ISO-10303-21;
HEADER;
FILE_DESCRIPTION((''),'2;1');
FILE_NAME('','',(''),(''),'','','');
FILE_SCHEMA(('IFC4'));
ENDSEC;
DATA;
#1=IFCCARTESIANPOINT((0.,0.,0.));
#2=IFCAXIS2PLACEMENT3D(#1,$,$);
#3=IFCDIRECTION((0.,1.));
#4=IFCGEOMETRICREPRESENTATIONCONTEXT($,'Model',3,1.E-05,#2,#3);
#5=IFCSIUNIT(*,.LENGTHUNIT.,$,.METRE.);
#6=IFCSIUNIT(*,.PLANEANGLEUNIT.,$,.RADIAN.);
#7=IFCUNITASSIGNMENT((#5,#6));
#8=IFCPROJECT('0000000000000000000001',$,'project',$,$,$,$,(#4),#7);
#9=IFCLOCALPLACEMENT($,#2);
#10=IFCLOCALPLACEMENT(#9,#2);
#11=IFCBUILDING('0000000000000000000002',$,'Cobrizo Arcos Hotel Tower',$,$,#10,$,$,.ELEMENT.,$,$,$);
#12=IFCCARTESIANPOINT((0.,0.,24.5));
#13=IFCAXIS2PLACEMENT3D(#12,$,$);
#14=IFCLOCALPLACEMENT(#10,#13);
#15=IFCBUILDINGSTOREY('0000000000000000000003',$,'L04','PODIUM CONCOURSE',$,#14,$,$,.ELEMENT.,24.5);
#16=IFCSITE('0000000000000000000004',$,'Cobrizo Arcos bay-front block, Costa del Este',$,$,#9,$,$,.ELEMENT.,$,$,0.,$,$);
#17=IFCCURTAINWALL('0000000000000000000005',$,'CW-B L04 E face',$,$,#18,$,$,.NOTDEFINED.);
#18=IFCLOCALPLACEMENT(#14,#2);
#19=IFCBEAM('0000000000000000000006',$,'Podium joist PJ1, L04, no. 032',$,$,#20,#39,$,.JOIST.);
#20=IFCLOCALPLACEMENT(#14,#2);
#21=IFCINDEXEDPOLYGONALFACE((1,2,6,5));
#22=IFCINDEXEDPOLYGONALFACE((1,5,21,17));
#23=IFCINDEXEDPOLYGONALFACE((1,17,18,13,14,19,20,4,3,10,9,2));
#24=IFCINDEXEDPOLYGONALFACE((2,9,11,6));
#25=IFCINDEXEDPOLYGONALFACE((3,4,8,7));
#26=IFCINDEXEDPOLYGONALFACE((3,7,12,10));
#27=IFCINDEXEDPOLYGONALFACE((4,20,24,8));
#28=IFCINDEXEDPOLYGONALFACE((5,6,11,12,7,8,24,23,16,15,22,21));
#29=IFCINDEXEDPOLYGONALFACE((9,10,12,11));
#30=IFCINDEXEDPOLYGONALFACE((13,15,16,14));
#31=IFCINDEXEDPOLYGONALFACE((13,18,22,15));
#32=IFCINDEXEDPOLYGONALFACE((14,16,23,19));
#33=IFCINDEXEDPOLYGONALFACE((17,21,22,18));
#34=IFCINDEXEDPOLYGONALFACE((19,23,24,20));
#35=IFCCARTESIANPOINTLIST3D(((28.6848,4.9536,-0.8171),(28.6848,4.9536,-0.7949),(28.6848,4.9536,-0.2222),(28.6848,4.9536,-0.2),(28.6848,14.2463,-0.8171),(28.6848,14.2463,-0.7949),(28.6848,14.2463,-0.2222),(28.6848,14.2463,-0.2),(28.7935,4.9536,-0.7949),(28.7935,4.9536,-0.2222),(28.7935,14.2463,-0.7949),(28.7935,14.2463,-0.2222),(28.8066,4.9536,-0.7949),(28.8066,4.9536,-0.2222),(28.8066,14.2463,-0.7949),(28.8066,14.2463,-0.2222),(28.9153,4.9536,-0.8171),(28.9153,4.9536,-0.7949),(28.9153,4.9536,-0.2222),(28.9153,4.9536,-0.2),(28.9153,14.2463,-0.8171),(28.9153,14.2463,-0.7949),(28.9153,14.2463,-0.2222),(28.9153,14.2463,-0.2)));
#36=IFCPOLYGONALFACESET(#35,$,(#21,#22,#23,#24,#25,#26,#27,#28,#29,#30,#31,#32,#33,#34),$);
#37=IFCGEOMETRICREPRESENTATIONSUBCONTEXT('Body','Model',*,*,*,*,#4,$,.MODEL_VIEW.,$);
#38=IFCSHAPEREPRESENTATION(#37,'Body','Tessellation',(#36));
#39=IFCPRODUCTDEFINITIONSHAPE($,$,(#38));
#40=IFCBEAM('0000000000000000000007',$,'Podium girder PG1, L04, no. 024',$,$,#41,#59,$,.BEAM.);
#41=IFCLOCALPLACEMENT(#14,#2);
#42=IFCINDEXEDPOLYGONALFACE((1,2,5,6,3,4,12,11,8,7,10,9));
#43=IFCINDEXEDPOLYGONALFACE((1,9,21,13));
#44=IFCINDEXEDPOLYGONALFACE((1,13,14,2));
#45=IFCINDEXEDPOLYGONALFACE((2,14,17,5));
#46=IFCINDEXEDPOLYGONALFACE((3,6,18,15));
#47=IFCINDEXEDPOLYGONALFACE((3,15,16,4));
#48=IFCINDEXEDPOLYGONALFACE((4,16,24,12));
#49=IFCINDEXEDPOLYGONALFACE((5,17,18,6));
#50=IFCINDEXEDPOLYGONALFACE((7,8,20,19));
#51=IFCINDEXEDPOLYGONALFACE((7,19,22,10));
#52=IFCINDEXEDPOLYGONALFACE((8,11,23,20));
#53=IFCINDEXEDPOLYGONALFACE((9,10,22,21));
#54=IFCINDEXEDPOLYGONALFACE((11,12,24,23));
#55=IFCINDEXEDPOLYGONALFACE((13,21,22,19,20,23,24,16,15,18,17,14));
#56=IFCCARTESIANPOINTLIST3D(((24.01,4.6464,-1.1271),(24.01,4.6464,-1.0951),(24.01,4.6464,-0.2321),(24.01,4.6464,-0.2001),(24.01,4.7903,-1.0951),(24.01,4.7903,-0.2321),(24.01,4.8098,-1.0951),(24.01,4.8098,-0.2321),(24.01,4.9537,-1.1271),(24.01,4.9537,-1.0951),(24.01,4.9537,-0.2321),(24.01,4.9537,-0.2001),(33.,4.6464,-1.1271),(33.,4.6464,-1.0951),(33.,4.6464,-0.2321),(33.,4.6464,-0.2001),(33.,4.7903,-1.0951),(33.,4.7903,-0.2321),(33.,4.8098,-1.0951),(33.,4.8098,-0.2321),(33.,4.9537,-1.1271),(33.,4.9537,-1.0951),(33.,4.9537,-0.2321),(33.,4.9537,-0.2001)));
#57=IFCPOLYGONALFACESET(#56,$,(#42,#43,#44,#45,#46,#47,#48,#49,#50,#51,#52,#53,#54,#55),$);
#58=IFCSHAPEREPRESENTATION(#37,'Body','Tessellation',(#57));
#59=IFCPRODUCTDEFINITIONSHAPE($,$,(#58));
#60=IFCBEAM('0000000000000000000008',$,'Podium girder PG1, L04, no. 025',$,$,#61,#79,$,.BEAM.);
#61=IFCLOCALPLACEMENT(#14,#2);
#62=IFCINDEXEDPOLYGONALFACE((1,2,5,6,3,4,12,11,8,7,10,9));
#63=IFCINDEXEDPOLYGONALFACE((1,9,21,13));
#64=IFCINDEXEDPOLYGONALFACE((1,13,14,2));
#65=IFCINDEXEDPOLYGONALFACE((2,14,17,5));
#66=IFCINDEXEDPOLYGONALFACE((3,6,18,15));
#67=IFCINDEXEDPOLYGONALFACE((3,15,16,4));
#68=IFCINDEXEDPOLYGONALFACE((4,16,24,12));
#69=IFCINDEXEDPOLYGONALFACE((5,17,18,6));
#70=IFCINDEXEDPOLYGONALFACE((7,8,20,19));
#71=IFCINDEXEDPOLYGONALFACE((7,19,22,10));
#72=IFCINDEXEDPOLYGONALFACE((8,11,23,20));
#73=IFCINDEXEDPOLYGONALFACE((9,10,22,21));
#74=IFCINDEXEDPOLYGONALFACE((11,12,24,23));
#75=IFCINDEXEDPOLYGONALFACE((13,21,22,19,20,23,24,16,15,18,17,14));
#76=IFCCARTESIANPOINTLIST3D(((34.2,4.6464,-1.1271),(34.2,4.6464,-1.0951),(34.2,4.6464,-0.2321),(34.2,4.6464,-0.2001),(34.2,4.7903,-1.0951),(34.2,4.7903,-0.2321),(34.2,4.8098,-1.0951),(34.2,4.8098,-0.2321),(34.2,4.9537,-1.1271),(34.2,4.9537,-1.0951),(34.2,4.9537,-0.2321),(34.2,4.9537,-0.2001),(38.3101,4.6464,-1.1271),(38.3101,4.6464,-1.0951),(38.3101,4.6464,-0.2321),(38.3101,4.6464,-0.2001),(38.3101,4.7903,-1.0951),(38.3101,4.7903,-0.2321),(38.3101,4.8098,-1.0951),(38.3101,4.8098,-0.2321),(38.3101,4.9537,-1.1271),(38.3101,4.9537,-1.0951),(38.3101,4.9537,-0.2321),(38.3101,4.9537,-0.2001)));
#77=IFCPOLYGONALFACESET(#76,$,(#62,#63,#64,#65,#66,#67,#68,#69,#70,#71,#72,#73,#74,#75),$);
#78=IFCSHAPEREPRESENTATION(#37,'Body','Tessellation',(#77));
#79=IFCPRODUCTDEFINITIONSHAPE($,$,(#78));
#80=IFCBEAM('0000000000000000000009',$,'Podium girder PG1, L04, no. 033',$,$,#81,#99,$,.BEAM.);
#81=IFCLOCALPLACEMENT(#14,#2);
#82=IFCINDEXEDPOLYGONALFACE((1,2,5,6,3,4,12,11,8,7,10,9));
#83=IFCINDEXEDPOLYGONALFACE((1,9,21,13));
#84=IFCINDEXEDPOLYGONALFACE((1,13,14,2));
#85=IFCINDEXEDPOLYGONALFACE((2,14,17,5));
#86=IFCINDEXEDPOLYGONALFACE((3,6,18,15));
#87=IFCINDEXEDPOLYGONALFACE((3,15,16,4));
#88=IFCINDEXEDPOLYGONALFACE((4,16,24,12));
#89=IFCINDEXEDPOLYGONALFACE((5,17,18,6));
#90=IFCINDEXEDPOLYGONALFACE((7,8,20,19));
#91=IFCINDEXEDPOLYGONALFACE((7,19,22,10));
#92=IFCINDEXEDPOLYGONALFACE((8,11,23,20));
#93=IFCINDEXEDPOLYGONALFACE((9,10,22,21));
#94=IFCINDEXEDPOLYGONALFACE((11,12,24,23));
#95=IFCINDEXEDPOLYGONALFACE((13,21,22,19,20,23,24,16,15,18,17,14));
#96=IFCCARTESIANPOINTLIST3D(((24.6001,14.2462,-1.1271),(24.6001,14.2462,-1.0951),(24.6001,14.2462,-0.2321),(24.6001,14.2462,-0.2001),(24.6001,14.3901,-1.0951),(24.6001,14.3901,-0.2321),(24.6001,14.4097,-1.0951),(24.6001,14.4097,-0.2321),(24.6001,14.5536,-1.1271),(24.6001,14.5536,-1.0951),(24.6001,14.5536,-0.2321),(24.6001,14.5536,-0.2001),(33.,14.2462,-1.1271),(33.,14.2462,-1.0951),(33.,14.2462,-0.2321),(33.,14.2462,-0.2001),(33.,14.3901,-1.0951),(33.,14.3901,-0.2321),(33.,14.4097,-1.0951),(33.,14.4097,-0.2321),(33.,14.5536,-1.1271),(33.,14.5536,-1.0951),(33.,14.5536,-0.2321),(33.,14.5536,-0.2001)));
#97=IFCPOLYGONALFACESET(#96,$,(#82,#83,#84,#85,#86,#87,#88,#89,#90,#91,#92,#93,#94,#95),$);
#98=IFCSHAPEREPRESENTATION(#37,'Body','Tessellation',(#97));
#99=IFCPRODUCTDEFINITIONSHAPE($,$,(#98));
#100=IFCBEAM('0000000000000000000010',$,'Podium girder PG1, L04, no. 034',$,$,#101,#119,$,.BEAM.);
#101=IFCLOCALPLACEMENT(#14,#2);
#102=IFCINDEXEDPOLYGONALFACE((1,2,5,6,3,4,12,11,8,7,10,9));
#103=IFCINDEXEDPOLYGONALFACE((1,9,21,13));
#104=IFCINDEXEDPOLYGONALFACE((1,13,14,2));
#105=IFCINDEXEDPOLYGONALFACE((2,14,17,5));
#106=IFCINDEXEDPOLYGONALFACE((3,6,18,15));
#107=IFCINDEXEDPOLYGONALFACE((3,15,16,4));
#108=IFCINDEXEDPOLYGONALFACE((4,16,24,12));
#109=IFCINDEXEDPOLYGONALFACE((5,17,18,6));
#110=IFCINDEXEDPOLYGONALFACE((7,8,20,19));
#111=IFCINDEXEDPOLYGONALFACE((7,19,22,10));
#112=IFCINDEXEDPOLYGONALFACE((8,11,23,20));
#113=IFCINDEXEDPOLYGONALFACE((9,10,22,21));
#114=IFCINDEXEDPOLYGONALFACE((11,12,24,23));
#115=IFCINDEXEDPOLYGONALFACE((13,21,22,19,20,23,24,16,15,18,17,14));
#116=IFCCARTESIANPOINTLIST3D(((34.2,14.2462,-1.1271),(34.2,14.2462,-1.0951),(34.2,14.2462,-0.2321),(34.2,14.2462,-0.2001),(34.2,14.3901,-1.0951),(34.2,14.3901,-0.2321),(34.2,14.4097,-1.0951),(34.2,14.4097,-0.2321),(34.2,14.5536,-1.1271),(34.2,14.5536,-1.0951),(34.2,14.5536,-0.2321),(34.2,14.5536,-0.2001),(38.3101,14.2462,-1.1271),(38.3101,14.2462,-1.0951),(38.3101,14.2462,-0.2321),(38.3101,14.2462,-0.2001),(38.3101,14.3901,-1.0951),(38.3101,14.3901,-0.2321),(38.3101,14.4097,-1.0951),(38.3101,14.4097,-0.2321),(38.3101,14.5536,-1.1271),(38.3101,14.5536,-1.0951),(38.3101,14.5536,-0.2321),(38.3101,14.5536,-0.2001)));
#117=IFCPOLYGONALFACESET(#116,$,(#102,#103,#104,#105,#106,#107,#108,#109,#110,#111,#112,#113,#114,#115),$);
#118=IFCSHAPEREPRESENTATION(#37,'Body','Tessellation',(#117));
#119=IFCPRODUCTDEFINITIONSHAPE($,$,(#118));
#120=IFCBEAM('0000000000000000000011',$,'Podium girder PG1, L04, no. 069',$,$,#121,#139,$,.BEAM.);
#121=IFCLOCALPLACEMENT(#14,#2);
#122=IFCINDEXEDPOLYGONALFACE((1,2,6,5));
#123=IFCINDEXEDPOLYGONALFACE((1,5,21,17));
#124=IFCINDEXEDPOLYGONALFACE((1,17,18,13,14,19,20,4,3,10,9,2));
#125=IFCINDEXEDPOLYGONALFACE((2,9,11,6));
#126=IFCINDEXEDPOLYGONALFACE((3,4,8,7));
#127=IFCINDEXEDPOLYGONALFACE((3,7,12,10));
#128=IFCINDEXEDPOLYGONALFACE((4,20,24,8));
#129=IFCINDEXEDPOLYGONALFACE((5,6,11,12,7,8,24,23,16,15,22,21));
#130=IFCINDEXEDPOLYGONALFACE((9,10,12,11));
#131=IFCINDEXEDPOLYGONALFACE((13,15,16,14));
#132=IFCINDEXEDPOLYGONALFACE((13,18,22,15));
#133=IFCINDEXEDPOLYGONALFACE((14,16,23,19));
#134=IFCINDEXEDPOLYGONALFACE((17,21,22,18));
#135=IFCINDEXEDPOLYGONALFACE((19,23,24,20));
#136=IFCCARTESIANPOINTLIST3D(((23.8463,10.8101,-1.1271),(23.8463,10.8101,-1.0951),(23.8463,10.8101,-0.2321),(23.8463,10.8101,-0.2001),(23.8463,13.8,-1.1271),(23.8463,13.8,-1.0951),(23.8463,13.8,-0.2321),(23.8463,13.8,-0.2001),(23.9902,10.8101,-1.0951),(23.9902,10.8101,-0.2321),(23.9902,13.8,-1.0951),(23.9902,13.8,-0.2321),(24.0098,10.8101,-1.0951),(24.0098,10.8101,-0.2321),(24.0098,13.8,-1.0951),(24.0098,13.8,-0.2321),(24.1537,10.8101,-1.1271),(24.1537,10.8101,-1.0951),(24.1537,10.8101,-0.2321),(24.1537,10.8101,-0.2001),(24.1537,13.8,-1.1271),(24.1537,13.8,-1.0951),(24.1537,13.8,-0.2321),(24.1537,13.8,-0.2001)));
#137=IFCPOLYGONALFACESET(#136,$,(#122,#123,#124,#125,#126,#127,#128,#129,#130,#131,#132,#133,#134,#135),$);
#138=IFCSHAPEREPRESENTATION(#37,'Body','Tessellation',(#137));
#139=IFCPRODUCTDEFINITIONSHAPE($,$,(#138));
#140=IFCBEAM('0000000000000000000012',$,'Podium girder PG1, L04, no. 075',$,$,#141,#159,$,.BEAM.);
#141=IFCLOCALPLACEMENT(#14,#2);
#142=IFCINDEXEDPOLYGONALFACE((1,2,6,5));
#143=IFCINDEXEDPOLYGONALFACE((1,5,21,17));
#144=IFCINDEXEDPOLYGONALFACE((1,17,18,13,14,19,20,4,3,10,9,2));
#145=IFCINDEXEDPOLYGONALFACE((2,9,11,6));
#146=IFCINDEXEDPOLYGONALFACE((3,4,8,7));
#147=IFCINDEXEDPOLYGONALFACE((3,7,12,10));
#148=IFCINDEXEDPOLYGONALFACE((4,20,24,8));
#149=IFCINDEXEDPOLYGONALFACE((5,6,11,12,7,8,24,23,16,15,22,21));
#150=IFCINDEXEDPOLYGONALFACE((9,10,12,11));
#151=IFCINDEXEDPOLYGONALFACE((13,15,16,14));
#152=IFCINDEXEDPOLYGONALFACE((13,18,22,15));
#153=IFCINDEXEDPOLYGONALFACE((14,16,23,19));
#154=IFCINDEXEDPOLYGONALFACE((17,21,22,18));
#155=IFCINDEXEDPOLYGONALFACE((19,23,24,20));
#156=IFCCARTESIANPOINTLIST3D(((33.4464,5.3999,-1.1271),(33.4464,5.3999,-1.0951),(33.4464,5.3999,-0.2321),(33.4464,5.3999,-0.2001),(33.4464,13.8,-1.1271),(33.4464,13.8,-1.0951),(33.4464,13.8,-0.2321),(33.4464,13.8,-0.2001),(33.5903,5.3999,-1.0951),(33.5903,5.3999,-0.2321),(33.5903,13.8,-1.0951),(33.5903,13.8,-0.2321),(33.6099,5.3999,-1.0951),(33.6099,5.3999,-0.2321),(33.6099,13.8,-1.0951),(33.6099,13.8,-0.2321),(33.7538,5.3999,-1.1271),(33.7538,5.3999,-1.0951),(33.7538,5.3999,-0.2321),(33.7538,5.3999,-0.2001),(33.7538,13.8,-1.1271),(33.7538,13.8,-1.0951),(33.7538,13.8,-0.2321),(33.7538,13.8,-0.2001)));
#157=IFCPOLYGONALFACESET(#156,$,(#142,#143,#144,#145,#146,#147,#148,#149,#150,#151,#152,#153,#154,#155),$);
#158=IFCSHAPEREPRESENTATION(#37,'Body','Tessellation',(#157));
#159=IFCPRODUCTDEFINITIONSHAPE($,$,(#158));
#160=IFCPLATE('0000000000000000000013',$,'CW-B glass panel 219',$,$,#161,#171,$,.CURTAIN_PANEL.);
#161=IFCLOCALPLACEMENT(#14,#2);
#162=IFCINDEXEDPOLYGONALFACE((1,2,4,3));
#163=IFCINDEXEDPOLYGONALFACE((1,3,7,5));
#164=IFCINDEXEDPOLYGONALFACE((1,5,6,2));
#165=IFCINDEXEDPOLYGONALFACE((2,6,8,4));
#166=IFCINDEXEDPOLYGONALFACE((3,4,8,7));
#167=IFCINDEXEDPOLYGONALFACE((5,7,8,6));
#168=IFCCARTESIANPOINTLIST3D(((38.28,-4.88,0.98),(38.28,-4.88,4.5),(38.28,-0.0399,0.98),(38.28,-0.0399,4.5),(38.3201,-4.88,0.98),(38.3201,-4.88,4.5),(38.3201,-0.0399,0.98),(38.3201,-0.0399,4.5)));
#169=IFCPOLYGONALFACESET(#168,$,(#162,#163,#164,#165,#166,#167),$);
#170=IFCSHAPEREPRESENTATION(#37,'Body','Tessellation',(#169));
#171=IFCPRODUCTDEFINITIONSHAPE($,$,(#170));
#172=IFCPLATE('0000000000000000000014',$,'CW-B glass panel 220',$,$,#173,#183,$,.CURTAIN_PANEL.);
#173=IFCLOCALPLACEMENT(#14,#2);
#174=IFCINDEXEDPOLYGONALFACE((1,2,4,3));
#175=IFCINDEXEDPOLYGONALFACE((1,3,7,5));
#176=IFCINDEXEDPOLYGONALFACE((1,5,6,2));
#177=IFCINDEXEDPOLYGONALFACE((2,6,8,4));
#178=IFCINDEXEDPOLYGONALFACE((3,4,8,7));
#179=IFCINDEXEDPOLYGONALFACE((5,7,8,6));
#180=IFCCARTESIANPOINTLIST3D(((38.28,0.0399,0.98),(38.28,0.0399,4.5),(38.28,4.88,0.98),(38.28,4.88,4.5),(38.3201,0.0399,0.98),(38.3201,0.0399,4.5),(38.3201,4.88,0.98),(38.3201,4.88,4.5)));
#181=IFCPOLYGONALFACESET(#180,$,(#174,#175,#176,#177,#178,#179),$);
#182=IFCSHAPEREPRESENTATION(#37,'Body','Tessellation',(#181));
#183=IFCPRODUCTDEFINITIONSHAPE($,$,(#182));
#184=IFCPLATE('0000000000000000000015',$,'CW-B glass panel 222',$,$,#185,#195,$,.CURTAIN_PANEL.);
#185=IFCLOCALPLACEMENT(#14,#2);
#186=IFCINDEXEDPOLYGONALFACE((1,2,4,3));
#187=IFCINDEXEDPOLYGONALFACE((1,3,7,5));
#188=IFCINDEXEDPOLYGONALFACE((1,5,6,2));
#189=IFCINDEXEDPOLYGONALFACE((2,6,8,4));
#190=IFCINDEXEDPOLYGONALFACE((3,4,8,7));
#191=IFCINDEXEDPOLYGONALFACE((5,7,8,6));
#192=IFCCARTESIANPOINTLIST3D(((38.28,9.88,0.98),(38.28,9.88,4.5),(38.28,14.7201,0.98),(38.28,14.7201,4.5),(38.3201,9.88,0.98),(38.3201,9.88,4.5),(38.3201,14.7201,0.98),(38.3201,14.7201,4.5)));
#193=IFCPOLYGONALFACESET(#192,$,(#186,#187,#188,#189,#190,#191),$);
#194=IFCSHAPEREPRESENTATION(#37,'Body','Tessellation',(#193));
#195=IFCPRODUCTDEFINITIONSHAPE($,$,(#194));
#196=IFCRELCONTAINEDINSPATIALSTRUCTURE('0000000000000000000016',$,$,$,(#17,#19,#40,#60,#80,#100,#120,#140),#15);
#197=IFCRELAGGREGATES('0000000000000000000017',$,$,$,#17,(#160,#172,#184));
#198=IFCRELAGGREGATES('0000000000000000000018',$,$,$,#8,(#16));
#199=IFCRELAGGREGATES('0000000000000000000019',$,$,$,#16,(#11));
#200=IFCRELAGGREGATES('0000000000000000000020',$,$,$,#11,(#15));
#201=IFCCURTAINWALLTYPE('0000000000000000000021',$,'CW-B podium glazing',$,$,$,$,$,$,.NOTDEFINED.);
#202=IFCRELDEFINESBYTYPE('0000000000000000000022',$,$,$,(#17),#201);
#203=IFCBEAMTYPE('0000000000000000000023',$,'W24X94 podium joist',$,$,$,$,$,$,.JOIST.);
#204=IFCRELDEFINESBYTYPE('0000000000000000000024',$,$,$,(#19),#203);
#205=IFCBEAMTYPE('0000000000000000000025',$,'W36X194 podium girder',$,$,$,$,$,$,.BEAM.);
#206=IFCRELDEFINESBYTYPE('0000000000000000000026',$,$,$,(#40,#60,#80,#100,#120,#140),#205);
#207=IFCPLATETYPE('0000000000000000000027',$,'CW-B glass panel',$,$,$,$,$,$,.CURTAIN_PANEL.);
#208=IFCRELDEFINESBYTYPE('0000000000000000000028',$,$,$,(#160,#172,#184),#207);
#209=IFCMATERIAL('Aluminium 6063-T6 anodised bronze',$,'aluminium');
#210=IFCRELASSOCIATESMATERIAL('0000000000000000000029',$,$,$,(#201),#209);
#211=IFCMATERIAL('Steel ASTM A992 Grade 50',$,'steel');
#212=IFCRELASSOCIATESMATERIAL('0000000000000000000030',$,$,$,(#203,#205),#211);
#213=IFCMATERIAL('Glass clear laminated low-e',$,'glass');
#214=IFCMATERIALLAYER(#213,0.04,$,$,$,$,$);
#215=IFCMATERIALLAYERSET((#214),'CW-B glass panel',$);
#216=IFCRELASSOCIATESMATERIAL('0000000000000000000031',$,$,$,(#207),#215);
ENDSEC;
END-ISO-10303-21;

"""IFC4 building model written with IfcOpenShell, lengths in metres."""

from ifc_helpers import new_model, si_unit, direction, frame, origin, origin_2d, place, context, subcontext, project, spatial, rectangle, i_section, extrude, material, layer, layer_set, material_profile, profile_set, type_object, element, aggregate, save


model = new_model("IFC4")

# Units and contexts
model_context = context("Model", 3, precision=1e-05, world=origin(), true_north=direction((0.0, 1.0)))
body_context = subcontext(model_context, "Body", "Model", "MODEL_VIEW")
ifc_project = project(units=[si_unit("LENGTHUNIT", "METRE"), si_unit("PLANEANGLEUNIT", "RADIAN")], contexts=[model_context])

# Site, building, storey
site_placement = place(None, origin())
site = spatial("IfcSite", under=ifc_project, at=site_placement, Name="Cobrizo Arcos bay-front block, Costa del Este", CompositionType="ELEMENT", RefElevation=0.0)
building_placement = place(site_placement, origin())
building = spatial("IfcBuilding", under=site, at=building_placement, Name="Cobrizo Arcos Hotel Tower", CompositionType="ELEMENT")
storey_placement = place(building_placement, frame((0.0, 0.0, 24.5)))
storey = spatial("IfcBuildingStorey", under=building, at=storey_placement, Name="L04", Description="PODIUM CONCOURSE", CompositionType="ELEMENT", Elevation=24.5)

# Curtain wall
ifc_material_1 = material(Name="Aluminium 6063-T6 anodised bronze", Category="aluminium")
curtain_wall_type = type_object("IfcCurtainWallType", Name="CW-B podium glazing", PredefinedType="NOTDEFINED", material=ifc_material_1)
curtain_wall_placement = place(storey_placement, origin())
curtain_wall = element("IfcCurtainWall", 1, at=curtain_wall_placement, inside=storey, type_object=curtain_wall_type, Name="CW-B L04 E face", PredefinedType="NOTDEFINED")

# Beams
ifc_material_2 = material(Name="Steel ASTM A992 Grade 50", Category="steel")
ifc_material_profile_1 = material_profile(ifc_material_2, i_section(OverallWidth=0.2305, OverallDepth=0.6172, WebThickness=0.0132, FlangeThickness=0.0222, at=origin_2d()), Name="W24X94")
ifc_profile_set_1 = profile_set([ifc_material_profile_1], Name="Steel ASTM A992 Grade 50")
beam_type_1 = type_object("IfcBeamType", Name="W24X94 podium joist", PredefinedType="JOIST", material=ifc_profile_set_1)
beam_1_placement = place(storey_placement, frame((28.8, 4.9536, -0.5085), z_axis=(0.0, 1.0, 0.0), x_axis=(-1.0, 0.0, 0.0)))
element("IfcBeam", 2, at=beam_1_placement, inside=storey, type_object=beam_type_1, Name="Podium joist PJ1, L04, no. 032", PredefinedType="JOIST", context=body_context, shape_type="SweptSolid", body=[
    extrude(i_section(OverallWidth=0.2305, OverallDepth=0.6172, WebThickness=0.0132, FlangeThickness=0.0222, at=origin_2d()), origin(), (0.0, 0.0, 1.0), 9.2927),
])
ifc_material_profile_2 = material_profile(ifc_material_2, i_section(OverallWidth=0.3074, OverallDepth=0.927, WebThickness=0.0195, FlangeThickness=0.032, at=origin_2d()), Name="W36X194")
ifc_profile_set_2 = profile_set([ifc_material_profile_2], Name="Steel ASTM A992 Grade 50")
beam_type_2 = type_object("IfcBeamType", Name="W36X194 podium girder", PredefinedType="BEAM", material=ifc_profile_set_2)
beam_2_placement = place(storey_placement, frame((24.01, 4.8, -0.6636), z_axis=(1.0, 0.0, 0.0), x_axis=(0.0, 1.0, 0.0)))
element("IfcBeam", 3, at=beam_2_placement, inside=storey, type_object=beam_type_2, Name="Podium girder PG1, L04, no. 024", PredefinedType="BEAM", context=body_context, shape_type="SweptSolid", body=[
    extrude(i_section(OverallWidth=0.3074, OverallDepth=0.927, WebThickness=0.0195, FlangeThickness=0.032, at=origin_2d()), origin(), (0.0, 0.0, 1.0), 8.99),
])
beam_3_placement = place(storey_placement, frame((34.2, 4.8, -0.6636), z_axis=(1.0, 0.0, 0.0), x_axis=(0.0, 1.0, 0.0)))
element("IfcBeam", 4, at=beam_3_placement, inside=storey, type_object=beam_type_2, Name="Podium girder PG1, L04, no. 025", PredefinedType="BEAM", context=body_context, shape_type="SweptSolid", body=[
    extrude(i_section(OverallWidth=0.3074, OverallDepth=0.927, WebThickness=0.0195, FlangeThickness=0.032, at=origin_2d()), origin(), (0.0, 0.0, 1.0), 4.1101),
])
beam_4_placement = place(storey_placement, frame((24.6001, 14.3999, -0.6636), z_axis=(1.0, 0.0, 0.0), x_axis=(0.0, 1.0, 0.0)))
element("IfcBeam", 5, at=beam_4_placement, inside=storey, type_object=beam_type_2, Name="Podium girder PG1, L04, no. 033", PredefinedType="BEAM", context=body_context, shape_type="SweptSolid", body=[
    extrude(i_section(OverallWidth=0.3074, OverallDepth=0.927, WebThickness=0.0195, FlangeThickness=0.032, at=origin_2d()), origin(), (0.0, 0.0, 1.0), 8.3999),
])
beam_5_placement = place(storey_placement, frame((34.2, 14.3999, -0.6636), z_axis=(1.0, 0.0, 0.0), x_axis=(0.0, 1.0, 0.0)))
element("IfcBeam", 6, at=beam_5_placement, inside=storey, type_object=beam_type_2, Name="Podium girder PG1, L04, no. 034", PredefinedType="BEAM", context=body_context, shape_type="SweptSolid", body=[
    extrude(i_section(OverallWidth=0.3074, OverallDepth=0.927, WebThickness=0.0195, FlangeThickness=0.032, at=origin_2d()), origin(), (0.0, 0.0, 1.0), 4.1101),
])
beam_6_placement = place(storey_placement, frame((24.0, 10.8101, -0.6636), z_axis=(0.0, 1.0, 0.0), x_axis=(-1.0, 0.0, 0.0)))
element("IfcBeam", 7, at=beam_6_placement, inside=storey, type_object=beam_type_2, Name="Podium girder PG1, L04, no. 069", PredefinedType="BEAM", context=body_context, shape_type="SweptSolid", body=[
    extrude(i_section(OverallWidth=0.3074, OverallDepth=0.927, WebThickness=0.0195, FlangeThickness=0.032, at=origin_2d()), origin(), (0.0, 0.0, 1.0), 2.99),
])
beam_7_placement = place(storey_placement, frame((33.6001, 5.3999, -0.6636), z_axis=(0.0, 1.0, 0.0), x_axis=(-1.0, 0.0, 0.0)))
element("IfcBeam", 8, at=beam_7_placement, inside=storey, type_object=beam_type_2, Name="Podium girder PG1, L04, no. 075", PredefinedType="BEAM", context=body_context, shape_type="SweptSolid", body=[
    extrude(i_section(OverallWidth=0.3074, OverallDepth=0.927, WebThickness=0.0195, FlangeThickness=0.032, at=origin_2d()), origin(), (0.0, 0.0, 1.0), 8.4001),
])

# Plates
ifc_material_3 = material(Name="Glass clear laminated low-e", Category="glass")
ifc_layer_1 = layer(ifc_material_3, 0.04)
ifc_layer_set_1 = layer_set([ifc_layer_1], Name="CW-B glass panel")
plate_type_1 = type_object("IfcPlateType", Name="CW-B glass panel", PredefinedType="CURTAIN_PANEL", material=ifc_layer_set_1)
plate_1_placement = place(storey_placement, frame((38.3, -2.46, 0.98), z_axis=(0.0, 0.0, 1.0), x_axis=(0.0, 1.0, 0.0)))
plate_1 = element("IfcPlate", 9, at=plate_1_placement, type_object=plate_type_1, Name="CW-B glass panel 219", PredefinedType="CURTAIN_PANEL", context=body_context, shape_type="SweptSolid", body=[
    extrude(rectangle(XDim=4.8401, YDim=0.04, at=origin_2d()), origin(), (0.0, 0.0, 1.0), 3.52),
])
plate_2_placement = place(storey_placement, frame((38.3, 2.46, 0.98), z_axis=(0.0, 0.0, 1.0), x_axis=(0.0, 1.0, 0.0)))
plate_2 = element("IfcPlate", 10, at=plate_2_placement, type_object=plate_type_1, Name="CW-B glass panel 220", PredefinedType="CURTAIN_PANEL", context=body_context, shape_type="SweptSolid", body=[
    extrude(rectangle(XDim=4.8401, YDim=0.04, at=origin_2d()), origin(), (0.0, 0.0, 1.0), 3.52),
])
plate_3_placement = place(storey_placement, frame((38.3, 12.3, 0.98), z_axis=(0.0, 0.0, 1.0), x_axis=(0.0, 1.0, 0.0)))
plate_3 = element("IfcPlate", 11, at=plate_3_placement, type_object=plate_type_1, Name="CW-B glass panel 222", PredefinedType="CURTAIN_PANEL", context=body_context, shape_type="SweptSolid", body=[
    extrude(rectangle(XDim=4.8401, YDim=0.04, at=origin_2d()), origin(), (0.0, 0.0, 1.0), 3.52),
])
aggregate(curtain_wall, [plate_1, plate_2, plate_3])

save(model, "model.ifc")
